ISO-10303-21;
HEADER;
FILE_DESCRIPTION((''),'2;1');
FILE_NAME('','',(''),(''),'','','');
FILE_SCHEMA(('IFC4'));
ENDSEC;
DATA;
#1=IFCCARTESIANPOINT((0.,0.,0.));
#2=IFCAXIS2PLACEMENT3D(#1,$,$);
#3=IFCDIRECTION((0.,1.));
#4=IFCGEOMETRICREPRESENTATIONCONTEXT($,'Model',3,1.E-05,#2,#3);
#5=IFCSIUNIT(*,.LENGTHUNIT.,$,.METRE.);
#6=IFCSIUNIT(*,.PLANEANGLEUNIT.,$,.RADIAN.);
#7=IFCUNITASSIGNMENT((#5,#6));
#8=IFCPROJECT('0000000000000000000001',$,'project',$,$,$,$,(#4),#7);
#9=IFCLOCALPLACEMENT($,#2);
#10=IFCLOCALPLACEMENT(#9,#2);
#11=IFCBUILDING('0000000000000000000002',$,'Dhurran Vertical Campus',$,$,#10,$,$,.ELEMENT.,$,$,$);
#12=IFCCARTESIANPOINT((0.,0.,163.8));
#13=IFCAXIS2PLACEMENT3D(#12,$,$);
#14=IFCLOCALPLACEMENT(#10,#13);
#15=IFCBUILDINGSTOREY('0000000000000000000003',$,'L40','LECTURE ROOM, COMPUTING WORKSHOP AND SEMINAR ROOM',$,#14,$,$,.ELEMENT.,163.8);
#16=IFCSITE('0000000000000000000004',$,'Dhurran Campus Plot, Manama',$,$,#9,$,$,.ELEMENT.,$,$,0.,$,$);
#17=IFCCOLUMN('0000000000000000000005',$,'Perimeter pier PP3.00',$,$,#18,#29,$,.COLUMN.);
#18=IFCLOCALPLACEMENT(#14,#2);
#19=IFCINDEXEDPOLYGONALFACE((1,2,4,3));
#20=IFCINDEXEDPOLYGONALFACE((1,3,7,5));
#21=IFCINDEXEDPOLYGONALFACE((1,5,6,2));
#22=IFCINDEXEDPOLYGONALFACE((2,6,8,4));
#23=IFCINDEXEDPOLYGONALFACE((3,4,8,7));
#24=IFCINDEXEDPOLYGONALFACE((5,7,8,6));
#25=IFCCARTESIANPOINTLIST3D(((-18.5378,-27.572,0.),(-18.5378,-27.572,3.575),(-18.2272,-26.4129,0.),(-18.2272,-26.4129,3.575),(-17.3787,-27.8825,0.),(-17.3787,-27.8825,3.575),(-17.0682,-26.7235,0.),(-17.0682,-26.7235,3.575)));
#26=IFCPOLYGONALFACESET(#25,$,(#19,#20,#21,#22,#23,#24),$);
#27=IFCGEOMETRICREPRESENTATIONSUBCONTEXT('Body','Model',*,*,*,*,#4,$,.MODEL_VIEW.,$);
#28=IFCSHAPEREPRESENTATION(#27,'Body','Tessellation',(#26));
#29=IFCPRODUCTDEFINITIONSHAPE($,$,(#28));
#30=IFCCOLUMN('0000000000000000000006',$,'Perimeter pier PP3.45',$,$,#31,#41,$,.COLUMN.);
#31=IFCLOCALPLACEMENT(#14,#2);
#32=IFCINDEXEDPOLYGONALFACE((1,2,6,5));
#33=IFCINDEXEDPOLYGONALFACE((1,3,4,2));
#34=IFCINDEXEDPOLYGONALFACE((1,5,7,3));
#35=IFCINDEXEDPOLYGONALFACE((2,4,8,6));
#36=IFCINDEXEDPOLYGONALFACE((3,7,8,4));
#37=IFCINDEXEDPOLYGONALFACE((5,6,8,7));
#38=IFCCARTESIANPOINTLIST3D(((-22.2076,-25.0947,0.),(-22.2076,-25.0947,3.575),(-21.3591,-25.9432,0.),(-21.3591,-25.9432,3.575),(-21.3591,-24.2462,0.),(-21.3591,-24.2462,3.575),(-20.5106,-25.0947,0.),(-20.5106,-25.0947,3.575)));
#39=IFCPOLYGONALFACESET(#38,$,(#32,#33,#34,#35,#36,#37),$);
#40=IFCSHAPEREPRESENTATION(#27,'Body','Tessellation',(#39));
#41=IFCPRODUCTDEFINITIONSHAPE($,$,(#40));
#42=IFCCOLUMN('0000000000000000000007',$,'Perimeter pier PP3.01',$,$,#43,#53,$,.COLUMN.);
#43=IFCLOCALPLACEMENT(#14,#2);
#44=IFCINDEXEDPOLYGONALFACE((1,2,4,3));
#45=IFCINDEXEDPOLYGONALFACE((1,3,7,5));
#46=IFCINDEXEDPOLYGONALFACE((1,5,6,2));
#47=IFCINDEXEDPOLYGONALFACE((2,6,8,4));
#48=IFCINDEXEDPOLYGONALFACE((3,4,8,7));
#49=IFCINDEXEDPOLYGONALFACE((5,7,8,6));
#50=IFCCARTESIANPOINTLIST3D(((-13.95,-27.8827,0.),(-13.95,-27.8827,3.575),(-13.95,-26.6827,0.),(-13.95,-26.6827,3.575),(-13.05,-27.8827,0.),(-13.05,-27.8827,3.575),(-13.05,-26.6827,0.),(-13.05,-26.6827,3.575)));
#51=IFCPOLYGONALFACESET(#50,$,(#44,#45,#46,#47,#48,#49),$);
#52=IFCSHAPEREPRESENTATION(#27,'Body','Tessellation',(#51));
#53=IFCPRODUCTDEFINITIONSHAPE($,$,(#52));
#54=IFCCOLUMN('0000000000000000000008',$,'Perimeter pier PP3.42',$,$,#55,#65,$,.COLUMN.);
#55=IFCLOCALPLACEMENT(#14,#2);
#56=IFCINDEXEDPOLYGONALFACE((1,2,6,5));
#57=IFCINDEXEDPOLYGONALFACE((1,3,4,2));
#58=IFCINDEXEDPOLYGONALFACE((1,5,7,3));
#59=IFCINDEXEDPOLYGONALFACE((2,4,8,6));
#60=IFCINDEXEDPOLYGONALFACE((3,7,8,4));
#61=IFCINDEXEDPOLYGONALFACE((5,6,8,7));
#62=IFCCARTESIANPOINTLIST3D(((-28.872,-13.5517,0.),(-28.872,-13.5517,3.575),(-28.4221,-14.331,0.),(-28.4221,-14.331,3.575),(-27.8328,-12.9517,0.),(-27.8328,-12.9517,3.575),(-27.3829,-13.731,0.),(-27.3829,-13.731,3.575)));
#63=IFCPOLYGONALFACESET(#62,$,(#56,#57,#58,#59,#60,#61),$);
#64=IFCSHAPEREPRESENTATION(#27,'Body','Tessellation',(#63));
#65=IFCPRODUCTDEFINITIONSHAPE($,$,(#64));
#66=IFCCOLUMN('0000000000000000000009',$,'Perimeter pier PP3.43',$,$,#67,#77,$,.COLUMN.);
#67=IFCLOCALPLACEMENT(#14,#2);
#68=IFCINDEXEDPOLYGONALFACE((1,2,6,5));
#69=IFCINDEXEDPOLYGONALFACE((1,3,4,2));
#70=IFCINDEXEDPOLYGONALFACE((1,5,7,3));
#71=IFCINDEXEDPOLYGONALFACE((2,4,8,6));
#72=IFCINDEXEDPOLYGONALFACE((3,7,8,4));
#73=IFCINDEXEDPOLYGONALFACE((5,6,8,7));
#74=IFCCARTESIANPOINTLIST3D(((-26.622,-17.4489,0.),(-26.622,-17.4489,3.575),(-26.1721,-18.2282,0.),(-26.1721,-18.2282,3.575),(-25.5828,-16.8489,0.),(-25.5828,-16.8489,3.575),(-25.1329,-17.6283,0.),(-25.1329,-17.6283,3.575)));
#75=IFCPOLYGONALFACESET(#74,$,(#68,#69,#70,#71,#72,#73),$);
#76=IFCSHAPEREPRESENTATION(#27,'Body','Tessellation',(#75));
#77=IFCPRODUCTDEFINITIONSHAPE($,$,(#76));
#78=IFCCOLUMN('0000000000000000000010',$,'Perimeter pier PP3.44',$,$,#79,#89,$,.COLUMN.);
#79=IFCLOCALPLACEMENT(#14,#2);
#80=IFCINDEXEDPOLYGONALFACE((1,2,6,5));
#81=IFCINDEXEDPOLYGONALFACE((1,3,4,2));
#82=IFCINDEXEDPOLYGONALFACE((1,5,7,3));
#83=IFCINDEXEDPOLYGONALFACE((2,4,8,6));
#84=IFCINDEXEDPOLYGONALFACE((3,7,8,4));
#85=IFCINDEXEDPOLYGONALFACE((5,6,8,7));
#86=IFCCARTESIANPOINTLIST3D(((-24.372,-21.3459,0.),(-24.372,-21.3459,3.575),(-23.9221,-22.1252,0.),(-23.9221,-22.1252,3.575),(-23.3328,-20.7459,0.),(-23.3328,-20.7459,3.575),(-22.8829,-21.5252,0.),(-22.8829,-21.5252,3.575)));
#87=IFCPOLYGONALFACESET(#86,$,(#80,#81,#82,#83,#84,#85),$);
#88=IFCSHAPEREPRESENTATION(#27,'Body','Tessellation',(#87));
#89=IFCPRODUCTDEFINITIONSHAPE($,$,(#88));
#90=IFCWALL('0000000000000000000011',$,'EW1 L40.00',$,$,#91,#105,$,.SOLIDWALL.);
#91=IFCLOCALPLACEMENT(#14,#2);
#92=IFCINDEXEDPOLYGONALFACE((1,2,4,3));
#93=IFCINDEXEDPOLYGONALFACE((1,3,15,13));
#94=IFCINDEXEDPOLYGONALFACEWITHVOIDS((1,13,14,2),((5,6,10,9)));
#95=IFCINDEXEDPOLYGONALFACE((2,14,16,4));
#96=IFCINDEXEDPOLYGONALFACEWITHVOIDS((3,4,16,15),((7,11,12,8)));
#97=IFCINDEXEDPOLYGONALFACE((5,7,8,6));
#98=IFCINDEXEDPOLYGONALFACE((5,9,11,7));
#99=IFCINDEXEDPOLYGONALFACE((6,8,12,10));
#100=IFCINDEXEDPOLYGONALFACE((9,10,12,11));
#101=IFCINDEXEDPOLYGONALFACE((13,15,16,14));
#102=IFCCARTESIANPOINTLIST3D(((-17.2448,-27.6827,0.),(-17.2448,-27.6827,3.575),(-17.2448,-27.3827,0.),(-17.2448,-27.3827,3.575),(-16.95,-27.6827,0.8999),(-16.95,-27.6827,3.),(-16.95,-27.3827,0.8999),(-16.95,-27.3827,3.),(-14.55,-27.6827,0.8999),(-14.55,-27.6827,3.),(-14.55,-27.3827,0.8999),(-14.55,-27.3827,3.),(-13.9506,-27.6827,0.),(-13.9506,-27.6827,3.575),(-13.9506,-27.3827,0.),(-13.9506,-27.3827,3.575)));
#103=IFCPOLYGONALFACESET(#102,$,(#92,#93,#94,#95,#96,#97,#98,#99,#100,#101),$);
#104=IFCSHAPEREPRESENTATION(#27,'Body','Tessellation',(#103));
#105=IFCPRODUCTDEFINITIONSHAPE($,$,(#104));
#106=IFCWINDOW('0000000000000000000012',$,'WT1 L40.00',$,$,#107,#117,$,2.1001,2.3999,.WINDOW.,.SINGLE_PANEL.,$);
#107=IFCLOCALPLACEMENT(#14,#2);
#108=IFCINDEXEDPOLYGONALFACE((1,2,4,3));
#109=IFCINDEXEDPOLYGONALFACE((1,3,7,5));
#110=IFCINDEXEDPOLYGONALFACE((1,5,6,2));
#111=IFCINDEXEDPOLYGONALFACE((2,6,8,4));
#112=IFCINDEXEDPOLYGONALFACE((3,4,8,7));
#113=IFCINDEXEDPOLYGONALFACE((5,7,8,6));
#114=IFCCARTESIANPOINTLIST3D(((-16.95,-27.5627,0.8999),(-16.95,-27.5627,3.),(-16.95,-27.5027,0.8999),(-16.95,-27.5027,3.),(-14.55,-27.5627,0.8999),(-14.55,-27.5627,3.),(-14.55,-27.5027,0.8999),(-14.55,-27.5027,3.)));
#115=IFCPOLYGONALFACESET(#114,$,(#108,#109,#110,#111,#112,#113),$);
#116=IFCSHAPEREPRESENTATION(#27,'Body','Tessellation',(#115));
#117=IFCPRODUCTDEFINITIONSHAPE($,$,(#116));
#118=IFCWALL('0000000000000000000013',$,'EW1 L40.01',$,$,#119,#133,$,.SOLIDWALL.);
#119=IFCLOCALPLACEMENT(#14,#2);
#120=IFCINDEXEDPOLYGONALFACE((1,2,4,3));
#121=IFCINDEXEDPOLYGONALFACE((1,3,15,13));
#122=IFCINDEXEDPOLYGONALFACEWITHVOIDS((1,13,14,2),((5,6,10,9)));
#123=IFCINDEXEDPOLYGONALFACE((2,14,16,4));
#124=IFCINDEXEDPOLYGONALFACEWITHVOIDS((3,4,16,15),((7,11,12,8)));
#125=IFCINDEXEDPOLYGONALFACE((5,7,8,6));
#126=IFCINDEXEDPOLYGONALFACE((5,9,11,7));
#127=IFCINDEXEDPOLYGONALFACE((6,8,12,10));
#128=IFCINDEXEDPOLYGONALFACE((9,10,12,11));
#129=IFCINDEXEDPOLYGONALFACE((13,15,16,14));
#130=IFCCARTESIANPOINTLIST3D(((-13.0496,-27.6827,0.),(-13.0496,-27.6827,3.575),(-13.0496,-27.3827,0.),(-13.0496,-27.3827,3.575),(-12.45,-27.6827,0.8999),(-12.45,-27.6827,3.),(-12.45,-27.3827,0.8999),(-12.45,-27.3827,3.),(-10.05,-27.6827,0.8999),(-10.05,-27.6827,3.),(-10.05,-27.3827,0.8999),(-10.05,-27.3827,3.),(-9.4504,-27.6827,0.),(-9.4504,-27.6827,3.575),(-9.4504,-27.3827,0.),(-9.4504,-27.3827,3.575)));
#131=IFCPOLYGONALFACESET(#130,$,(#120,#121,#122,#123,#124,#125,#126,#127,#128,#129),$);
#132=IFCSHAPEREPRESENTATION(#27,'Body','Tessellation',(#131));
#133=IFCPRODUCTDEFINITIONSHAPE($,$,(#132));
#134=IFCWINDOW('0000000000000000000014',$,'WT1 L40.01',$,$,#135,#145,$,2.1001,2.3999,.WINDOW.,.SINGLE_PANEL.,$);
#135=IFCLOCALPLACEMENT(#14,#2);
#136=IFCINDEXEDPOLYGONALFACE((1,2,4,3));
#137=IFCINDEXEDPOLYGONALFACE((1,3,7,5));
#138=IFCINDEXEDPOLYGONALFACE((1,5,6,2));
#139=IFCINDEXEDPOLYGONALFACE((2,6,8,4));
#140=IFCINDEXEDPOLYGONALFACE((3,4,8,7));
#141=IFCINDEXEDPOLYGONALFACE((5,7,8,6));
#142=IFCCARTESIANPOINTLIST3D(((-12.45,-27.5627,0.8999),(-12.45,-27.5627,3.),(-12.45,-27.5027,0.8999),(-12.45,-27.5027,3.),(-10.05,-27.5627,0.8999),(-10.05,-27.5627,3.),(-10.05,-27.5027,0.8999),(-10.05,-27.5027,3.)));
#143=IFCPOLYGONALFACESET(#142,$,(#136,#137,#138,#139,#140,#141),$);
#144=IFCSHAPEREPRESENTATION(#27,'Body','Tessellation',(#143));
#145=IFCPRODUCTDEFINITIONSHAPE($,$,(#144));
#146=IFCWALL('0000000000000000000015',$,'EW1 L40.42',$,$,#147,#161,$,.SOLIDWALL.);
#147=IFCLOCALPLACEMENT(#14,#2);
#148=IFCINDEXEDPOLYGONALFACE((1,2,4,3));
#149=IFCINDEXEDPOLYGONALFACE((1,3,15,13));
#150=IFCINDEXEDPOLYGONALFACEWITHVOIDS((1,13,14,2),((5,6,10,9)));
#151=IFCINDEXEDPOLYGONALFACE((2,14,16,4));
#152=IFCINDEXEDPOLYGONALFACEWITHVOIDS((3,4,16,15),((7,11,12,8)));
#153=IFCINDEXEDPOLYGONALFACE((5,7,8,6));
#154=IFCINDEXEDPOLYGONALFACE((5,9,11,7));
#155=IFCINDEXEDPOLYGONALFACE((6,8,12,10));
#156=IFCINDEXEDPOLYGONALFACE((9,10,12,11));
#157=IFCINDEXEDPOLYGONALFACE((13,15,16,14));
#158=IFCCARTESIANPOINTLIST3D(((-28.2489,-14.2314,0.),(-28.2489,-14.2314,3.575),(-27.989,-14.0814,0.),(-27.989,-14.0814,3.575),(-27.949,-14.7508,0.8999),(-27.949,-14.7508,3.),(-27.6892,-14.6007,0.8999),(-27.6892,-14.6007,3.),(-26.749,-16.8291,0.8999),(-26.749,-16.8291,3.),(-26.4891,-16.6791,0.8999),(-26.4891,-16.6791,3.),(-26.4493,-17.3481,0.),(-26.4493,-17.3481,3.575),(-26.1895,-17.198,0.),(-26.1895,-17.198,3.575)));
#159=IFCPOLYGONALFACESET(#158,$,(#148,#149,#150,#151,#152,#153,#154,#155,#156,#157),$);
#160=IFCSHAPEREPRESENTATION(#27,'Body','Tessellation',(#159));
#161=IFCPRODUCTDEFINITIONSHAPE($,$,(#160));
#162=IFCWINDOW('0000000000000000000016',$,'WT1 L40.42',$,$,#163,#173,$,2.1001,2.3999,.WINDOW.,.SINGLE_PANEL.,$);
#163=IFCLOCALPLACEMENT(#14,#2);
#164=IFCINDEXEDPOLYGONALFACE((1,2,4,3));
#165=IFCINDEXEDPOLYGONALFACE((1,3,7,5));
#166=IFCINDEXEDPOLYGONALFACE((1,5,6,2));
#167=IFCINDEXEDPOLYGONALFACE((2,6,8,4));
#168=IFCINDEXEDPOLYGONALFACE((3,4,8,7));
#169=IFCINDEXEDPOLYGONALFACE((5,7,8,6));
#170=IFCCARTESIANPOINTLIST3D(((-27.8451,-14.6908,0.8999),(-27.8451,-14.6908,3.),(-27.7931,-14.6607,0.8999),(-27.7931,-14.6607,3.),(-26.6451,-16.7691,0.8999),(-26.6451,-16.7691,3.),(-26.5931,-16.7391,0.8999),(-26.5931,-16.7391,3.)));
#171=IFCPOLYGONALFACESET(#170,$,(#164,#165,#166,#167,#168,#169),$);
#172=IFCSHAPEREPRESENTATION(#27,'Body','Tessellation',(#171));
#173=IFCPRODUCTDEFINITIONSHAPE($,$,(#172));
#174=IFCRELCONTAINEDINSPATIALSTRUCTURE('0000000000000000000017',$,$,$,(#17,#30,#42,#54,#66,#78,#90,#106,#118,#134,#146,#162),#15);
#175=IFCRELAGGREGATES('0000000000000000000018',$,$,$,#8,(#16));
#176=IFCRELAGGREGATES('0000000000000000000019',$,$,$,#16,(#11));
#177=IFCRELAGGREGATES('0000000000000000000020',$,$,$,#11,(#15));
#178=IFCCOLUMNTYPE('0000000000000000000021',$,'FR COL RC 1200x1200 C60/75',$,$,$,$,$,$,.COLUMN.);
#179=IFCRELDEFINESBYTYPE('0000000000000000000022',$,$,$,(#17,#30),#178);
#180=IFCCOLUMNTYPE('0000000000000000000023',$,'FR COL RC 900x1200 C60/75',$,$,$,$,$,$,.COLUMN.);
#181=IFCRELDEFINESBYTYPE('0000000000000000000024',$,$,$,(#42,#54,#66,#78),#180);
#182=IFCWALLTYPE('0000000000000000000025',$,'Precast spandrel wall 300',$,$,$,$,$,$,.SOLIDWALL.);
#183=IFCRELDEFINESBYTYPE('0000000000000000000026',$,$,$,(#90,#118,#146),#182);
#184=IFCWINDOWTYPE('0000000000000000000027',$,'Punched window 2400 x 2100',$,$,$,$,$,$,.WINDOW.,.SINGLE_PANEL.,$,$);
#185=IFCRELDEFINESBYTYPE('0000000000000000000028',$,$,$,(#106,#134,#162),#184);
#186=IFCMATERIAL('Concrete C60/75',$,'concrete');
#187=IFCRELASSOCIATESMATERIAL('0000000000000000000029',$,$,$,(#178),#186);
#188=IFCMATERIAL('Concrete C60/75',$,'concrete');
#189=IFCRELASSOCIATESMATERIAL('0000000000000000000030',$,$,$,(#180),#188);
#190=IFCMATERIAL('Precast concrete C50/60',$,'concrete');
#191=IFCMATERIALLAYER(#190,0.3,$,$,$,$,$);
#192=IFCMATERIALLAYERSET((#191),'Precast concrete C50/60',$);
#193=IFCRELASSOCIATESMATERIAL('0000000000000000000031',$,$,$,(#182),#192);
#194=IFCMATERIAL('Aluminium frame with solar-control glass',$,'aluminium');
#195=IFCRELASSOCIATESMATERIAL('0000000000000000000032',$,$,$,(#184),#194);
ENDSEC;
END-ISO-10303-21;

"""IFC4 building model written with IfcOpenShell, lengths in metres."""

from ifc_helpers import new_model, si_unit, direction, frame, frame_2d, origin, origin_2d, place, context, subcontext, project, spatial, rectangle, extrude, material, layer, layer_set, material_profile, profile_set, type_object, element, fill, save


model = new_model("IFC4")

# Units and contexts
model_context = context("Model", 3, precision=1e-05, world=origin(), true_north=direction((0.0, 1.0)))
body_context = subcontext(model_context, "Body", "Model", "MODEL_VIEW")
ifc_project = project(units=[si_unit("LENGTHUNIT", "METRE"), si_unit("PLANEANGLEUNIT", "RADIAN")], contexts=[model_context])

# Site, building, storey
site_placement = place(None, origin())
site = spatial("IfcSite", under=ifc_project, at=site_placement, Name="Dhurran Campus Plot, Manama", CompositionType="ELEMENT", RefElevation=0.0)
building_placement = place(site_placement, origin())
building = spatial("IfcBuilding", under=site, at=building_placement, Name="Dhurran Vertical Campus", CompositionType="ELEMENT")
storey_placement = place(building_placement, frame((0.0, 0.0, 163.8)))
storey = spatial("IfcBuildingStorey", under=building, at=storey_placement, Name="L40", Description="LECTURE ROOM, COMPUTING WORKSHOP AND SEMINAR ROOM", CompositionType="ELEMENT", Elevation=163.8)

# Columns
ifc_material_1 = material(Name="Concrete C60/75", Category="concrete")
ifc_material_profile_1 = material_profile(ifc_material_1, rectangle(XDim=1.2, YDim=1.2, at=origin_2d()), Name="RC 1200x1200")
ifc_profile_set_1 = profile_set([ifc_material_profile_1], Name="Concrete C60/75")
column_type_1 = type_object("IfcColumnType", Name="FR COL RC 1200x1200 C60/75", PredefinedType="COLUMN", material=ifc_profile_set_1)
for number, where, z_axis, x_axis, name in (
    (1, (-17.803, -27.1477, 0.0), (0.0, 0.0, 1.0), (0.965926, -0.258819, 0.0), "Perimeter pier PP3.00"),
    (2, (-21.3591, -25.0947, 0.0), (0.0, 0.0, 1.0), (0.707107, -0.707107, 0.0), "Perimeter pier PP3.45"),
):
    element("IfcColumn", number, at=place(storey_placement, frame(where, z_axis=z_axis, x_axis=x_axis)), inside=storey, type_object=column_type_1, Name=name, PredefinedType="COLUMN", context=body_context, shape_type="SweptSolid", body=[
        extrude(rectangle(XDim=1.2, YDim=1.2, at=origin_2d()), origin(), (0.0, 0.0, 1.0), 3.575),
    ])
ifc_material_2 = material(Name="Concrete C60/75", Category="concrete")
ifc_material_profile_2 = material_profile(ifc_material_2, rectangle(XDim=0.8999, YDim=1.2, at=origin_2d()), Name="RC 900x1200")
ifc_profile_set_2 = profile_set([ifc_material_profile_2], Name="Concrete C60/75")
column_type_2 = type_object("IfcColumnType", Name="FR COL RC 900x1200 C60/75", PredefinedType="COLUMN", material=ifc_profile_set_2)
for number, where, z_axis, x_axis, name in (
    (3, (-13.5, -27.2827, 0.0), (0.0, 0.0, 1.0), (1.0, 0.0, 0.0), "Perimeter pier PP3.01"),
    (4, (-28.1274, -13.6414, 0.0), (0.0, 0.0, 1.0), (0.5, -0.866025, 0.0), "Perimeter pier PP3.42"),
    (5, (-25.8774, -17.5386, 0.0), (0.0, 0.0, 1.0), (0.5, -0.866025, 0.0), "Perimeter pier PP3.43"),
    (6, (-23.6274, -21.4355, 0.0), (0.0, 0.0, 1.0), (0.5, -0.866025, 0.0), "Perimeter pier PP3.44"),
):
    element("IfcColumn", number, at=place(storey_placement, frame(where, z_axis=z_axis, x_axis=x_axis)), inside=storey, type_object=column_type_2, Name=name, PredefinedType="COLUMN", context=body_context, shape_type="SweptSolid", body=[
        extrude(rectangle(XDim=0.8999, YDim=1.2, at=origin_2d()), origin(), (0.0, 0.0, 1.0), 3.575),
    ])

# Walls, openings, windows
ifc_material_3 = material(Name="Precast concrete C50/60", Category="concrete")
ifc_layer_1 = layer(ifc_material_3, 0.3)
ifc_layer_set_1 = layer_set([ifc_layer_1], Name="Precast concrete C50/60")
wall_type_1 = type_object("IfcWallType", Name="Precast spandrel wall 300", PredefinedType="SOLIDWALL", material=ifc_layer_set_1)
wall_1_placement = place(storey_placement, frame((-17.2446, -27.5327, 0.0), z_axis=(0.0, 0.0, 1.0), x_axis=(1.0, 0.0, 0.0)))
wall_1 = element("IfcWall", 7, at=wall_1_placement, inside=storey, type_object=wall_type_1, Name="EW1 L40.00", PredefinedType="SOLIDWALL", context=body_context, shape_type="SweptSolid", body=[
    extrude(rectangle(XDim=3.2942, YDim=0.3, at=frame_2d((1.647, 0.0))), origin(), (0.0, 0.0, 1.0), 3.575),
])
opening_1_placement = place(wall_1_placement, frame((0.2947, 0.0, 0.8999)))
opening_1 = element("IfcOpeningElement", 8, at=opening_1_placement, cuts=wall_1, PredefinedType="OPENING", context=body_context, shape_type="SweptSolid", body=[
    extrude(rectangle(XDim=2.3999, YDim=2.1001, at=frame_2d((1.2, 1.05))), frame((0.0, 0.1599, 0.0), z_axis=(0.0, -1.0, 0.0), x_axis=(1.0, 0.0, 0.0)), (0.0, 0.0, 1.0), 0.3201),
])
ifc_material_4 = material(Name="Aluminium frame with solar-control glass", Category="aluminium")
window_type = type_object("IfcWindowType", Name="Punched window 2400 x 2100", PartitioningType="SINGLE_PANEL", PredefinedType="WINDOW", material=ifc_material_4)
window_1_placement = place(opening_1_placement, origin())
window_1 = element("IfcWindow", 9, at=window_1_placement, inside=storey, type_object=window_type, Name="WT1 L40.00", OverallHeight=2.1001, OverallWidth=2.3999, PartitioningType="SINGLE_PANEL", PredefinedType="WINDOW", context=body_context, shape_type="SweptSolid", body=[
    extrude(rectangle(XDim=2.3999, YDim=2.1001, at=frame_2d((1.2, 1.05))), frame((0.0, 0.03, 0.0), z_axis=(0.0, -1.0, 0.0), x_axis=(1.0, 0.0, 0.0)), (0.0, 0.0, 1.0), 0.0601),
])
fill(opening_1, window_1)
wall_2_placement = place(storey_placement, frame((-13.0496, -27.5327, 0.0), z_axis=(0.0, 0.0, 1.0), x_axis=(1.0, 0.0, 0.0)))
wall_2 = element("IfcWall", 10, at=wall_2_placement, inside=storey, type_object=wall_type_1, Name="EW1 L40.01", PredefinedType="SOLIDWALL", context=body_context, shape_type="SweptSolid", body=[
    extrude(rectangle(XDim=3.5991, YDim=0.3, at=frame_2d((1.7996, 0.0))), origin(), (0.0, 0.0, 1.0), 3.575),
])
opening_2_placement = place(wall_2_placement, frame((0.5996, 0.0, 0.8999)))
opening_2 = element("IfcOpeningElement", 11, at=opening_2_placement, cuts=wall_2, PredefinedType="OPENING", context=body_context, shape_type="SweptSolid", body=[
    extrude(rectangle(XDim=2.3999, YDim=2.1001, at=frame_2d((1.2, 1.05))), frame((0.0, 0.1599, 0.0), z_axis=(0.0, -1.0, 0.0), x_axis=(1.0, 0.0, 0.0)), (0.0, 0.0, 1.0), 0.3201),
])
window_2_placement = place(opening_2_placement, origin())
window_2 = element("IfcWindow", 12, at=window_2_placement, inside=storey, type_object=window_type, Name="WT1 L40.01", OverallHeight=2.1001, OverallWidth=2.3999, PartitioningType="SINGLE_PANEL", PredefinedType="WINDOW", context=body_context, shape_type="SweptSolid", body=[
    extrude(rectangle(XDim=2.3999, YDim=2.1001, at=frame_2d((1.2, 1.05))), frame((0.0, 0.03, 0.0), z_axis=(0.0, -1.0, 0.0), x_axis=(1.0, 0.0, 0.0)), (0.0, 0.0, 1.0), 0.0601),
])
fill(opening_2, window_2)
wall_3_placement = place(storey_placement, frame((-28.1189, -14.1565, 0.0), z_axis=(0.0, 0.0, 1.0), x_axis=(0.500028, -0.866009, 0.0)))
wall_3 = element("IfcWall", 13, at=wall_3_placement, inside=storey, type_object=wall_type_1, Name="EW1 L40.42", PredefinedType="SOLIDWALL", context=body_context, shape_type="SweptSolid", body=[
    extrude(rectangle(XDim=3.5989, YDim=0.3, at=frame_2d((1.7993, 0.0))), origin(), (0.0, 0.0, 1.0), 3.575),
])
opening_3_placement = place(wall_3_placement, frame((0.5996, 0.0, 0.8999)))
opening_3 = element("IfcOpeningElement", 14, at=opening_3_placement, cuts=wall_3, PredefinedType="OPENING", context=body_context, shape_type="SweptSolid", body=[
    extrude(rectangle(XDim=2.3999, YDim=2.1001, at=frame_2d((1.2, 1.05))), frame((0.0, 0.1599, 0.0), z_axis=(0.0, -1.0, 0.0), x_axis=(1.0, 0.0, 0.0)), (0.0, 0.0, 1.0), 0.3201),
])
window_3_placement = place(opening_3_placement, origin())
window_3 = element("IfcWindow", 15, at=window_3_placement, inside=storey, type_object=window_type, Name="WT1 L40.42", OverallHeight=2.1001, OverallWidth=2.3999, PartitioningType="SINGLE_PANEL", PredefinedType="WINDOW", context=body_context, shape_type="SweptSolid", body=[
    extrude(rectangle(XDim=2.3999, YDim=2.1001, at=frame_2d((1.2, 1.05))), frame((0.0, 0.03, 0.0), z_axis=(0.0, -1.0, 0.0), x_axis=(1.0, 0.0, 0.0)), (0.0, 0.0, 1.0), 0.0601),
])
fill(opening_3, window_3)

save(model, "model.ifc")
